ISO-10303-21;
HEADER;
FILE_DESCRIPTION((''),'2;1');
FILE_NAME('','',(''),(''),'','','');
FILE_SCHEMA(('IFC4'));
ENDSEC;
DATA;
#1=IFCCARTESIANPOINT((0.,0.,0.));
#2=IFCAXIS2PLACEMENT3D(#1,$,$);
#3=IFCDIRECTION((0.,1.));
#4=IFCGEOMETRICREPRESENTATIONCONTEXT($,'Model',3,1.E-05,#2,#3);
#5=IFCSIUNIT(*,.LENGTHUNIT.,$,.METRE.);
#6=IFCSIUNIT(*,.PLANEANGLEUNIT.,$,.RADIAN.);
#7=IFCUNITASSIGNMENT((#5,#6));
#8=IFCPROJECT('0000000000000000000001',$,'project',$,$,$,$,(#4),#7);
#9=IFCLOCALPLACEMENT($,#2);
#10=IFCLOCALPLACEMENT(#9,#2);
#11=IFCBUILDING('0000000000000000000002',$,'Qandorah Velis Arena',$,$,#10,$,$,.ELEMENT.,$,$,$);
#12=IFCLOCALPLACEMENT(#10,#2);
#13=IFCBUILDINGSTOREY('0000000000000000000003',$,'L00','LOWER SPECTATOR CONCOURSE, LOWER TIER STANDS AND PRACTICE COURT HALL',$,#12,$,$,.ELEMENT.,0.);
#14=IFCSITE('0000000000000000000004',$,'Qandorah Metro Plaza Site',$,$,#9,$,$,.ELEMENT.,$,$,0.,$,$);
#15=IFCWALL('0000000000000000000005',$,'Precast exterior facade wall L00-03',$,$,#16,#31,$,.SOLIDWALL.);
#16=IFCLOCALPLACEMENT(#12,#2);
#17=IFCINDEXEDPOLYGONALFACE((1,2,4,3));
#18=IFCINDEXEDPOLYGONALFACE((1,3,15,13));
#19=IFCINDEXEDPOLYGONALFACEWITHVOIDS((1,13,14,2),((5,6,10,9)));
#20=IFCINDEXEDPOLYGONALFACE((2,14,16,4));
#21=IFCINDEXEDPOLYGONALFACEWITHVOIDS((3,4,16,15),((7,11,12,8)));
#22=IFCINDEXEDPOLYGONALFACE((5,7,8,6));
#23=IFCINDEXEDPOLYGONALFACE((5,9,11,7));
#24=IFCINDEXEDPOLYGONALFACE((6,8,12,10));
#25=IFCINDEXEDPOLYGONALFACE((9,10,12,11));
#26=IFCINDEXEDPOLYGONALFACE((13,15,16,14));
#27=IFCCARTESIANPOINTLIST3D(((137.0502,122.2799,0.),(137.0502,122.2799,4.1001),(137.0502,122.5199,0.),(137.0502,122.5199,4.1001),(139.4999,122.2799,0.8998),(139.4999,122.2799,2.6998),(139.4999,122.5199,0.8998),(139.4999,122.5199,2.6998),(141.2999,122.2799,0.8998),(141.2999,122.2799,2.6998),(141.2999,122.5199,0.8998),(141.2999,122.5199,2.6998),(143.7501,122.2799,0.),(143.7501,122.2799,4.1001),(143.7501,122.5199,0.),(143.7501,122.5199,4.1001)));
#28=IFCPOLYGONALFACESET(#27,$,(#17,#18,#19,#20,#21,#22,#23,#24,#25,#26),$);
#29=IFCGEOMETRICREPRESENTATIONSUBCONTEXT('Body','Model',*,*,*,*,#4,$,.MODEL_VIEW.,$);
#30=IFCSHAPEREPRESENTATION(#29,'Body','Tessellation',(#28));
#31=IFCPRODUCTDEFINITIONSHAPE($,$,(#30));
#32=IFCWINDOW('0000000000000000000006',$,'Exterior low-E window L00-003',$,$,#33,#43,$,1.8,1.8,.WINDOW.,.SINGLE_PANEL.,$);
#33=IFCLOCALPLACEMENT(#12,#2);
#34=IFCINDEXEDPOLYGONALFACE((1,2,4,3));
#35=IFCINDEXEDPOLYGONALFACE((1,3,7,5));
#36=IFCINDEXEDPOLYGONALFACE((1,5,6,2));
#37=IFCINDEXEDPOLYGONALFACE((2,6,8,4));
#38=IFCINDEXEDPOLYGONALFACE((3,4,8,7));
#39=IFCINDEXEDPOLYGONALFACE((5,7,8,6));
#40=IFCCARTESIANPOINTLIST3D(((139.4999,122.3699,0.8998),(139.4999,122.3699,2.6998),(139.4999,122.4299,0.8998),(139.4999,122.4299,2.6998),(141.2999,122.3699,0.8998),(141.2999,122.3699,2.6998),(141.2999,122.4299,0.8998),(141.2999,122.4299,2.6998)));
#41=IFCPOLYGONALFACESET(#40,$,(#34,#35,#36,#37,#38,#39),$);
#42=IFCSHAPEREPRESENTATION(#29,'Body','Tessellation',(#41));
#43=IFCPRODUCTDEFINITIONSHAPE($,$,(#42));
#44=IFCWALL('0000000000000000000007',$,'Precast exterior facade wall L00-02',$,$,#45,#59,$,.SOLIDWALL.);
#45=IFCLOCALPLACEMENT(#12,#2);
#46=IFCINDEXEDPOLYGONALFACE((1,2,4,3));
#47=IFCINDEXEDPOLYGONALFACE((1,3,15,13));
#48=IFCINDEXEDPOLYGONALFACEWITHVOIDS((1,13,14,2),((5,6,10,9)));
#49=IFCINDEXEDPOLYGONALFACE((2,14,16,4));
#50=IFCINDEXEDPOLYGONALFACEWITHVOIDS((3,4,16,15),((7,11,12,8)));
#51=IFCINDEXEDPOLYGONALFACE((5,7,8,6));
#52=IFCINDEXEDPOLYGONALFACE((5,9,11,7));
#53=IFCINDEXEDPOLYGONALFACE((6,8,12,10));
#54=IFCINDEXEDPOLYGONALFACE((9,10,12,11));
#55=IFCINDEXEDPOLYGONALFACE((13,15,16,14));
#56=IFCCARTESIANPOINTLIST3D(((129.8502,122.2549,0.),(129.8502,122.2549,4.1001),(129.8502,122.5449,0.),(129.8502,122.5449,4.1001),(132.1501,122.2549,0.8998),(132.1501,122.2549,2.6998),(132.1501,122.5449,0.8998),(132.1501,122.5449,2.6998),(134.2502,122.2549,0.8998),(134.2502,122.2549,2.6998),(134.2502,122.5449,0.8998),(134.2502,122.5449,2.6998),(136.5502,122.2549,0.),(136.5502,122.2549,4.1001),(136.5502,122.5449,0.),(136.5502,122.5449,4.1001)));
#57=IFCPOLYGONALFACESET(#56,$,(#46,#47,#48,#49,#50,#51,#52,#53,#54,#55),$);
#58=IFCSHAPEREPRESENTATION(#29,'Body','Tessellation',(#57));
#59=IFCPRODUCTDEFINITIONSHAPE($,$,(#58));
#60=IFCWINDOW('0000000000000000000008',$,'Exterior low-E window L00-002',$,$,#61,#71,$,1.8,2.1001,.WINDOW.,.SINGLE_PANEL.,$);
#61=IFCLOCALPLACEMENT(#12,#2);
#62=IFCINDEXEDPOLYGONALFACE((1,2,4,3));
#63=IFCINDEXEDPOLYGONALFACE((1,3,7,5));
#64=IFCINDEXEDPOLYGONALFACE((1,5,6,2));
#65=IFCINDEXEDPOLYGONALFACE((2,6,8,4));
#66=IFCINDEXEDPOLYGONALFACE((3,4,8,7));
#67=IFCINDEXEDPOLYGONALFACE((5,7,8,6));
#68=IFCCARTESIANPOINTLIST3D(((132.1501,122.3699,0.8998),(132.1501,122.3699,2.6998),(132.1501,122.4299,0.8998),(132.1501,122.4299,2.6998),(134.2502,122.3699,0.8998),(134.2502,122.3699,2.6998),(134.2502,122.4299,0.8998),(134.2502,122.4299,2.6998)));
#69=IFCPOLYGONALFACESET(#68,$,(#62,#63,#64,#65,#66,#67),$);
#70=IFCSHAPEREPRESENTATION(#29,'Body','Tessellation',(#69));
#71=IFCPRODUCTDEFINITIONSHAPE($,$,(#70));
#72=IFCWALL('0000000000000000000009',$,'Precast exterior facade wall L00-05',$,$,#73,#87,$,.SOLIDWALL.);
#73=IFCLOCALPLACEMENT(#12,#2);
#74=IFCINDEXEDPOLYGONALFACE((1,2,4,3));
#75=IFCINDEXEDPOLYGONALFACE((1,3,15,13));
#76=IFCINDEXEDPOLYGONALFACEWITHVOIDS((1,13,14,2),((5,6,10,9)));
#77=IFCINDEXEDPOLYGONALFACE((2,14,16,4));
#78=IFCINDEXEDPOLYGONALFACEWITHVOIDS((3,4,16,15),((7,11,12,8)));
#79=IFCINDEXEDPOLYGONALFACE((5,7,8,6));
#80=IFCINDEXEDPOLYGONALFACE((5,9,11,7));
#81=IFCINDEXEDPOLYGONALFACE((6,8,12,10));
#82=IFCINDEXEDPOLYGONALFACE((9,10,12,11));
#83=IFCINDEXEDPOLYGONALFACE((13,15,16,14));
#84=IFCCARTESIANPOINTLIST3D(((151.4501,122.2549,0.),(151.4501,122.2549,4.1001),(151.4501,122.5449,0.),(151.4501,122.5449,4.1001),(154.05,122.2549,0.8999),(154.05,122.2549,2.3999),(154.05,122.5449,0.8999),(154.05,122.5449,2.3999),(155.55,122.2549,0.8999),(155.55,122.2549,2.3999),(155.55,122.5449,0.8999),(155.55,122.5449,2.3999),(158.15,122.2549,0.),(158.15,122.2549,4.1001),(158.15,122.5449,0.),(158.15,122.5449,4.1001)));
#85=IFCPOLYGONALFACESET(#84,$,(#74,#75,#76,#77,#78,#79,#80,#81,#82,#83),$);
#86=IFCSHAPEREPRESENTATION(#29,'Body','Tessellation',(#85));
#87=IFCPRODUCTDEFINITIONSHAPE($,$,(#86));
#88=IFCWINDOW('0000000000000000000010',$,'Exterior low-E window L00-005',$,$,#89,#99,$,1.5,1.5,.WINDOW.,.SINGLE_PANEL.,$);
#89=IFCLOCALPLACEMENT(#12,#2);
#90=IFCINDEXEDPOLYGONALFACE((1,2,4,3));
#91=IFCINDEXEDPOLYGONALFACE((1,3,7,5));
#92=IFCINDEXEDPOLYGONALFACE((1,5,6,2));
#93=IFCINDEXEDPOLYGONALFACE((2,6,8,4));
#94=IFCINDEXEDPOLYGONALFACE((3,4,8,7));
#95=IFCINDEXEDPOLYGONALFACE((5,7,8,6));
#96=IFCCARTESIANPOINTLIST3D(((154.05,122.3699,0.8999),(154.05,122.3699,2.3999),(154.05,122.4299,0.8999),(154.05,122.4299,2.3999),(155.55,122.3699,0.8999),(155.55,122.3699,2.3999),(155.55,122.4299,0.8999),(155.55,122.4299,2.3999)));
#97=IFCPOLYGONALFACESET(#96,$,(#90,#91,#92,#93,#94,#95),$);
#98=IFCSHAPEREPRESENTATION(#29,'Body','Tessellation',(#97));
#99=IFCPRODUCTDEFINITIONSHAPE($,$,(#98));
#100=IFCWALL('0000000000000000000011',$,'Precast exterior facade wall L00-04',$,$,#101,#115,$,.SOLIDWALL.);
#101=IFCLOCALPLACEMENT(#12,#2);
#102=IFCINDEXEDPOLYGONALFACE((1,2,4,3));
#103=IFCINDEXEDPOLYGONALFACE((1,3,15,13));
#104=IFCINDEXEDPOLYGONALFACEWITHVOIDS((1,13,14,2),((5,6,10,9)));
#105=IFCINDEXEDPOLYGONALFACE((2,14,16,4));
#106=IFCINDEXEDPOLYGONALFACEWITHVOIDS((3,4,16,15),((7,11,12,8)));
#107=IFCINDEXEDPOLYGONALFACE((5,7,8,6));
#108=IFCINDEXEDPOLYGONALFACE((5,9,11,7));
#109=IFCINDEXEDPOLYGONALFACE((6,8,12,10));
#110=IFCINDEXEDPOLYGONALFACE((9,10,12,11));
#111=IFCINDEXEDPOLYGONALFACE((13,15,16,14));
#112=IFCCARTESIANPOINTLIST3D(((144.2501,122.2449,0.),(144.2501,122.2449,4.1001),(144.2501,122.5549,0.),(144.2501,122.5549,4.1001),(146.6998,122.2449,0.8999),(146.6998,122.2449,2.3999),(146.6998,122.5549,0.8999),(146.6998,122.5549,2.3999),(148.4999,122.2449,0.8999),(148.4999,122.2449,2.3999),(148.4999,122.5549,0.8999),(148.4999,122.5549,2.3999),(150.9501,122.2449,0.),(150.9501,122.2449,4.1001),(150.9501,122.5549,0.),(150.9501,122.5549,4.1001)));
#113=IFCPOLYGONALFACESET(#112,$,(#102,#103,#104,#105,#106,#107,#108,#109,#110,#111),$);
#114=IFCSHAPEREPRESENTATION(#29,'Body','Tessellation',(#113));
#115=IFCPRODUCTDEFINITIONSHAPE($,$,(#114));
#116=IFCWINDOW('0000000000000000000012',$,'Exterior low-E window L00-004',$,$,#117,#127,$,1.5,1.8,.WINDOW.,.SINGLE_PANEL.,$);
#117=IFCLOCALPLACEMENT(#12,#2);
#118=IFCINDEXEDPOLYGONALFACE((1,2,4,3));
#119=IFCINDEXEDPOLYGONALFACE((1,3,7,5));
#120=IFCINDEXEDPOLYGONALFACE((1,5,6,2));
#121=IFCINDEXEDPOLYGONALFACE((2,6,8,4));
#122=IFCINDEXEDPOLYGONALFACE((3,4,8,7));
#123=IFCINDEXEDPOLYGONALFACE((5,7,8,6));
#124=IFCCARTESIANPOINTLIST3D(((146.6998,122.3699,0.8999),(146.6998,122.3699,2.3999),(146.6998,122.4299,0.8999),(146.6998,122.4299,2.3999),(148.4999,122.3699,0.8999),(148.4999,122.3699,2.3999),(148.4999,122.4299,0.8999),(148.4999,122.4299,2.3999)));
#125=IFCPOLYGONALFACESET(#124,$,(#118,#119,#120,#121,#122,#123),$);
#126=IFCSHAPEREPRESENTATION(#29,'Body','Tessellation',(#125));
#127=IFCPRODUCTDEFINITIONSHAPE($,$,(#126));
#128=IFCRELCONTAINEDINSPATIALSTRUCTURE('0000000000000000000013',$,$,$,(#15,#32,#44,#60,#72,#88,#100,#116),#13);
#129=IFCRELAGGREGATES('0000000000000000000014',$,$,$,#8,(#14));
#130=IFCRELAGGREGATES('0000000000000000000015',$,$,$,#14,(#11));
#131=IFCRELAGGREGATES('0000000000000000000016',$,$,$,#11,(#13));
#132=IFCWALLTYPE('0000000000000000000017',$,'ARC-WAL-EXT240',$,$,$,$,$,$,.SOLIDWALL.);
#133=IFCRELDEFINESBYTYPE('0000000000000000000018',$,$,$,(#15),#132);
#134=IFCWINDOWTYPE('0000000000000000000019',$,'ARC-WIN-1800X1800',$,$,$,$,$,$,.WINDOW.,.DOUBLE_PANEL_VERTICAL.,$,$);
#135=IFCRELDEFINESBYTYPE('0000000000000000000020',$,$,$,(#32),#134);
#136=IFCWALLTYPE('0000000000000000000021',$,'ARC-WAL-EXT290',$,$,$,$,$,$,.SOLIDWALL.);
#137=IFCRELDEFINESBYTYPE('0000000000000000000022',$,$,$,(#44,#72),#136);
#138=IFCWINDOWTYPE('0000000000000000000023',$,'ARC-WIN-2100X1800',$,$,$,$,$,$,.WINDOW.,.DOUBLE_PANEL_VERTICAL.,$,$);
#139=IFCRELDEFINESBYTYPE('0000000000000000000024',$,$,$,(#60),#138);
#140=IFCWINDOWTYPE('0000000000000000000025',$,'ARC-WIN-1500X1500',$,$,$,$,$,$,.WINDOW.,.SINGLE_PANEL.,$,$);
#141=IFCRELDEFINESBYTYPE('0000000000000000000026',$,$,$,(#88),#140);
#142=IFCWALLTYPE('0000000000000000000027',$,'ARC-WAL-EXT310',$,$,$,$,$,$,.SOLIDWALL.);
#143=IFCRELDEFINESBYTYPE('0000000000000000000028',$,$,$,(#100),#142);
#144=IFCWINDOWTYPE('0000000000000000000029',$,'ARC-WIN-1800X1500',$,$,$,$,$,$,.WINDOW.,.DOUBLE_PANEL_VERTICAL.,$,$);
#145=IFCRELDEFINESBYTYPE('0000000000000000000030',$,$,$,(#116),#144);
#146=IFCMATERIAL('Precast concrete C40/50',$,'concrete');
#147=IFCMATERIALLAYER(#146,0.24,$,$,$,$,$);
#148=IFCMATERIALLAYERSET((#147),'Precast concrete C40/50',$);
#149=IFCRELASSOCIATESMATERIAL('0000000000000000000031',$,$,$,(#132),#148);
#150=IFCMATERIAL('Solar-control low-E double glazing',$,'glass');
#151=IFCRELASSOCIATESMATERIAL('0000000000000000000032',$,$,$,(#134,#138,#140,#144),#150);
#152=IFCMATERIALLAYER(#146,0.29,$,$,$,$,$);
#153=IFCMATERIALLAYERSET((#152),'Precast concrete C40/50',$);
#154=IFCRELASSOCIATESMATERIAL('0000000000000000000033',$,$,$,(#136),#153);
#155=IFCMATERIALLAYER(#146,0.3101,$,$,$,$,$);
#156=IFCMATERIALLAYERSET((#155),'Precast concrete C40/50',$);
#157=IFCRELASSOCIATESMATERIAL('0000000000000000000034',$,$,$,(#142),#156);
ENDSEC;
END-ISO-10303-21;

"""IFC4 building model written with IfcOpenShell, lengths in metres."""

from ifc_helpers import new_model, si_unit, direction, frame, frame_2d, origin, place, context, subcontext, project, spatial, rectangle, extrude, material, layer, layer_set, type_object, element, fill, save


model = new_model("IFC4")

# Units and contexts
model_context = context("Model", 3, precision=1e-05, world=origin(), true_north=direction((0.0, 1.0)))
body_context = subcontext(model_context, "Body", "Model", "MODEL_VIEW")
ifc_project = project(units=[si_unit("LENGTHUNIT", "METRE"), si_unit("PLANEANGLEUNIT", "RADIAN")], contexts=[model_context])

# Site, building, storey
site_placement = place(None, origin())
site = spatial("IfcSite", under=ifc_project, at=site_placement, Name="Qandorah Metro Plaza Site", CompositionType="ELEMENT", RefElevation=0.0)
building_placement = place(site_placement, origin())
building = spatial("IfcBuilding", under=site, at=building_placement, Name="Qandorah Velis Arena", CompositionType="ELEMENT")
storey_placement = place(building_placement, origin())
storey = spatial("IfcBuildingStorey", under=building, at=storey_placement, Name="L00", Description="LOWER SPECTATOR CONCOURSE, LOWER TIER STANDS AND PRACTICE COURT HALL", CompositionType="ELEMENT", Elevation=0.0)

# Walls, openings, windows
ifc_material_1 = material(Name="Precast concrete C40/50", Category="concrete")
ifc_layer_1 = layer(ifc_material_1, 0.24)
ifc_layer_set_1 = layer_set([ifc_layer_1], Name="Precast concrete C40/50")
wall_type_1 = type_object("IfcWallType", Name="ARC-WAL-EXT240", PredefinedType="SOLIDWALL", material=ifc_layer_set_1)
wall_1_placement = place(storey_placement, frame((137.05, 122.3999, 0.0), z_axis=(0.0, 0.0, 1.0), x_axis=(1.0, 0.0, 0.0)))
wall_1 = element("IfcWall", 1, at=wall_1_placement, inside=storey, type_object=wall_type_1, Name="Precast exterior facade wall L00-03", PredefinedType="SOLIDWALL", context=body_context, shape_type="SweptSolid", body=[
    extrude(rectangle(XDim=6.7, YDim=0.24, at=frame_2d((3.3501, 0.0))), origin(), (0.0, 0.0, 1.0), 4.1001),
])
opening_1_placement = place(wall_1_placement, frame((2.45, 0.0, 0.8999)))
opening_1 = element("IfcOpeningElement", 2, at=opening_1_placement, cuts=wall_1, PredefinedType="OPENING", context=body_context, shape_type="SweptSolid", body=[
    extrude(rectangle(XDim=1.8, YDim=1.8, at=frame_2d((0.8999, 0.8999))), frame((0.0, 0.1299, 0.0), z_axis=(0.0, -1.0, 0.0), x_axis=(1.0, 0.0, 0.0)), (0.0, 0.0, 1.0), 0.26),
])
ifc_material_2 = material(Name="Solar-control low-E double glazing", Category="glass")
window_type_1 = type_object("IfcWindowType", Name="ARC-WIN-1800X1800", PartitioningType="DOUBLE_PANEL_VERTICAL", PredefinedType="WINDOW", material=ifc_material_2)
window_1_placement = place(opening_1_placement, origin())
window_1 = element("IfcWindow", 3, at=window_1_placement, inside=storey, type_object=window_type_1, Name="Exterior low-E window L00-003", OverallHeight=1.8, OverallWidth=1.8, PartitioningType="SINGLE_PANEL", PredefinedType="WINDOW", context=body_context, shape_type="SweptSolid", body=[
    extrude(rectangle(XDim=1.8, YDim=1.8, at=frame_2d((0.8999, 0.8999))), frame((0.0, 0.03, 0.0), z_axis=(0.0, -1.0, 0.0), x_axis=(1.0, 0.0, 0.0)), (0.0, 0.0, 1.0), 0.0601),
])
fill(opening_1, window_1)
ifc_layer_2 = layer(ifc_material_1, 0.29)
ifc_layer_set_2 = layer_set([ifc_layer_2], Name="Precast concrete C40/50")
wall_type_2 = type_object("IfcWallType", Name="ARC-WAL-EXT290", PredefinedType="SOLIDWALL", material=ifc_layer_set_2)
wall_2_placement = place(storey_placement, frame((129.8501, 122.3999, 0.0), z_axis=(0.0, 0.0, 1.0), x_axis=(1.0, 0.0, 0.0)))
wall_2 = element("IfcWall", 4, at=wall_2_placement, inside=storey, type_object=wall_type_2, Name="Precast exterior facade wall L00-02", PredefinedType="SOLIDWALL", context=body_context, shape_type="SweptSolid", body=[
    extrude(rectangle(XDim=6.7, YDim=0.29, at=frame_2d((3.3501, 0.0))), origin(), (0.0, 0.0, 1.0), 4.1001),
])
opening_2_placement = place(wall_2_placement, frame((2.3, 0.0, 0.8999)))
opening_2 = element("IfcOpeningElement", 5, at=opening_2_placement, cuts=wall_2, PredefinedType="OPENING", context=body_context, shape_type="SweptSolid", body=[
    extrude(rectangle(XDim=2.1001, YDim=1.8, at=frame_2d((1.05, 0.8999))), frame((0.0, 0.155, 0.0), z_axis=(0.0, -1.0, 0.0), x_axis=(1.0, 0.0, 0.0)), (0.0, 0.0, 1.0), 0.3101),
])
window_type_2 = type_object("IfcWindowType", Name="ARC-WIN-2100X1800", PartitioningType="DOUBLE_PANEL_VERTICAL", PredefinedType="WINDOW", material=ifc_material_2)
window_2_placement = place(opening_2_placement, origin())
window_2 = element("IfcWindow", 6, at=window_2_placement, inside=storey, type_object=window_type_2, Name="Exterior low-E window L00-002", OverallHeight=1.8, OverallWidth=2.1001, PartitioningType="SINGLE_PANEL", PredefinedType="WINDOW", context=body_context, shape_type="SweptSolid", body=[
    extrude(rectangle(XDim=2.1001, YDim=1.8, at=frame_2d((1.05, 0.8999))), frame((0.0, 0.03, 0.0), z_axis=(0.0, -1.0, 0.0), x_axis=(1.0, 0.0, 0.0)), (0.0, 0.0, 1.0), 0.0601),
])
fill(opening_2, window_2)
wall_3_placement = place(storey_placement, frame((151.45, 122.3999, 0.0), z_axis=(0.0, 0.0, 1.0), x_axis=(1.0, 0.0, 0.0)))
wall_3 = element("IfcWall", 7, at=wall_3_placement, inside=storey, type_object=wall_type_2, Name="Precast exterior facade wall L00-05", PredefinedType="SOLIDWALL", context=body_context, shape_type="SweptSolid", body=[
    extrude(rectangle(XDim=6.7, YDim=0.29, at=frame_2d((3.3501, 0.0))), origin(), (0.0, 0.0, 1.0), 4.1001),
])
opening_3_placement = place(wall_3_placement, frame((2.6001, 0.0, 0.8999)))
opening_3 = element("IfcOpeningElement", 8, at=opening_3_placement, cuts=wall_3, PredefinedType="OPENING", context=body_context, shape_type="SweptSolid", body=[
    extrude(rectangle(XDim=1.5, YDim=1.5, at=frame_2d((0.75, 0.75))), frame((0.0, 0.155, 0.0), z_axis=(0.0, -1.0, 0.0), x_axis=(1.0, 0.0, 0.0)), (0.0, 0.0, 1.0), 0.3101),
])
window_type_3 = type_object("IfcWindowType", Name="ARC-WIN-1500X1500", PartitioningType="SINGLE_PANEL", PredefinedType="WINDOW", material=ifc_material_2)
window_3_placement = place(opening_3_placement, origin())
window_3 = element("IfcWindow", 9, at=window_3_placement, inside=storey, type_object=window_type_3, Name="Exterior low-E window L00-005", OverallHeight=1.5, OverallWidth=1.5, PartitioningType="SINGLE_PANEL", PredefinedType="WINDOW", context=body_context, shape_type="SweptSolid", body=[
    extrude(rectangle(XDim=1.5, YDim=1.5, at=frame_2d((0.75, 0.75))), frame((0.0, 0.03, 0.0), z_axis=(0.0, -1.0, 0.0), x_axis=(1.0, 0.0, 0.0)), (0.0, 0.0, 1.0), 0.0601),
])
fill(opening_3, window_3)
ifc_layer_3 = layer(ifc_material_1, 0.3101)
ifc_layer_set_3 = layer_set([ifc_layer_3], Name="Precast concrete C40/50")
wall_type_3 = type_object("IfcWallType", Name="ARC-WAL-EXT310", PredefinedType="SOLIDWALL", material=ifc_layer_set_3)
wall_4_placement = place(storey_placement, frame((144.25, 122.3999, 0.0), z_axis=(0.0, 0.0, 1.0), x_axis=(1.0, 0.0, 0.0)))
wall_4 = element("IfcWall", 10, at=wall_4_placement, inside=storey, type_object=wall_type_3, Name="Precast exterior facade wall L00-04", PredefinedType="SOLIDWALL", context=body_context, shape_type="SweptSolid", body=[
    extrude(rectangle(XDim=6.7, YDim=0.3101, at=frame_2d((3.3501, 0.0))), origin(), (0.0, 0.0, 1.0), 4.1001),
])
opening_4_placement = place(wall_4_placement, frame((2.45, 0.0, 0.8999)))
opening_4 = element("IfcOpeningElement", 11, at=opening_4_placement, cuts=wall_4, PredefinedType="OPENING", context=body_context, shape_type="SweptSolid", body=[
    extrude(rectangle(XDim=1.8, YDim=1.5, at=frame_2d((0.8999, 0.75))), frame((0.0, 0.165, 0.0), z_axis=(0.0, -1.0, 0.0), x_axis=(1.0, 0.0, 0.0)), (0.0, 0.0, 1.0), 0.3301),
])
window_type_4 = type_object("IfcWindowType", Name="ARC-WIN-1800X1500", PartitioningType="DOUBLE_PANEL_VERTICAL", PredefinedType="WINDOW", material=ifc_material_2)
window_4_placement = place(opening_4_placement, origin())
window_4 = element("IfcWindow", 12, at=window_4_placement, inside=storey, type_object=window_type_4, Name="Exterior low-E window L00-004", OverallHeight=1.5, OverallWidth=1.8, PartitioningType="SINGLE_PANEL", PredefinedType="WINDOW", context=body_context, shape_type="SweptSolid", body=[
    extrude(rectangle(XDim=1.8, YDim=1.5, at=frame_2d((0.8999, 0.75))), frame((0.0, 0.03, 0.0), z_axis=(0.0, -1.0, 0.0), x_axis=(1.0, 0.0, 0.0)), (0.0, 0.0, 1.0), 0.0601),
])
fill(opening_4, window_4)

save(model, "model.ifc")
